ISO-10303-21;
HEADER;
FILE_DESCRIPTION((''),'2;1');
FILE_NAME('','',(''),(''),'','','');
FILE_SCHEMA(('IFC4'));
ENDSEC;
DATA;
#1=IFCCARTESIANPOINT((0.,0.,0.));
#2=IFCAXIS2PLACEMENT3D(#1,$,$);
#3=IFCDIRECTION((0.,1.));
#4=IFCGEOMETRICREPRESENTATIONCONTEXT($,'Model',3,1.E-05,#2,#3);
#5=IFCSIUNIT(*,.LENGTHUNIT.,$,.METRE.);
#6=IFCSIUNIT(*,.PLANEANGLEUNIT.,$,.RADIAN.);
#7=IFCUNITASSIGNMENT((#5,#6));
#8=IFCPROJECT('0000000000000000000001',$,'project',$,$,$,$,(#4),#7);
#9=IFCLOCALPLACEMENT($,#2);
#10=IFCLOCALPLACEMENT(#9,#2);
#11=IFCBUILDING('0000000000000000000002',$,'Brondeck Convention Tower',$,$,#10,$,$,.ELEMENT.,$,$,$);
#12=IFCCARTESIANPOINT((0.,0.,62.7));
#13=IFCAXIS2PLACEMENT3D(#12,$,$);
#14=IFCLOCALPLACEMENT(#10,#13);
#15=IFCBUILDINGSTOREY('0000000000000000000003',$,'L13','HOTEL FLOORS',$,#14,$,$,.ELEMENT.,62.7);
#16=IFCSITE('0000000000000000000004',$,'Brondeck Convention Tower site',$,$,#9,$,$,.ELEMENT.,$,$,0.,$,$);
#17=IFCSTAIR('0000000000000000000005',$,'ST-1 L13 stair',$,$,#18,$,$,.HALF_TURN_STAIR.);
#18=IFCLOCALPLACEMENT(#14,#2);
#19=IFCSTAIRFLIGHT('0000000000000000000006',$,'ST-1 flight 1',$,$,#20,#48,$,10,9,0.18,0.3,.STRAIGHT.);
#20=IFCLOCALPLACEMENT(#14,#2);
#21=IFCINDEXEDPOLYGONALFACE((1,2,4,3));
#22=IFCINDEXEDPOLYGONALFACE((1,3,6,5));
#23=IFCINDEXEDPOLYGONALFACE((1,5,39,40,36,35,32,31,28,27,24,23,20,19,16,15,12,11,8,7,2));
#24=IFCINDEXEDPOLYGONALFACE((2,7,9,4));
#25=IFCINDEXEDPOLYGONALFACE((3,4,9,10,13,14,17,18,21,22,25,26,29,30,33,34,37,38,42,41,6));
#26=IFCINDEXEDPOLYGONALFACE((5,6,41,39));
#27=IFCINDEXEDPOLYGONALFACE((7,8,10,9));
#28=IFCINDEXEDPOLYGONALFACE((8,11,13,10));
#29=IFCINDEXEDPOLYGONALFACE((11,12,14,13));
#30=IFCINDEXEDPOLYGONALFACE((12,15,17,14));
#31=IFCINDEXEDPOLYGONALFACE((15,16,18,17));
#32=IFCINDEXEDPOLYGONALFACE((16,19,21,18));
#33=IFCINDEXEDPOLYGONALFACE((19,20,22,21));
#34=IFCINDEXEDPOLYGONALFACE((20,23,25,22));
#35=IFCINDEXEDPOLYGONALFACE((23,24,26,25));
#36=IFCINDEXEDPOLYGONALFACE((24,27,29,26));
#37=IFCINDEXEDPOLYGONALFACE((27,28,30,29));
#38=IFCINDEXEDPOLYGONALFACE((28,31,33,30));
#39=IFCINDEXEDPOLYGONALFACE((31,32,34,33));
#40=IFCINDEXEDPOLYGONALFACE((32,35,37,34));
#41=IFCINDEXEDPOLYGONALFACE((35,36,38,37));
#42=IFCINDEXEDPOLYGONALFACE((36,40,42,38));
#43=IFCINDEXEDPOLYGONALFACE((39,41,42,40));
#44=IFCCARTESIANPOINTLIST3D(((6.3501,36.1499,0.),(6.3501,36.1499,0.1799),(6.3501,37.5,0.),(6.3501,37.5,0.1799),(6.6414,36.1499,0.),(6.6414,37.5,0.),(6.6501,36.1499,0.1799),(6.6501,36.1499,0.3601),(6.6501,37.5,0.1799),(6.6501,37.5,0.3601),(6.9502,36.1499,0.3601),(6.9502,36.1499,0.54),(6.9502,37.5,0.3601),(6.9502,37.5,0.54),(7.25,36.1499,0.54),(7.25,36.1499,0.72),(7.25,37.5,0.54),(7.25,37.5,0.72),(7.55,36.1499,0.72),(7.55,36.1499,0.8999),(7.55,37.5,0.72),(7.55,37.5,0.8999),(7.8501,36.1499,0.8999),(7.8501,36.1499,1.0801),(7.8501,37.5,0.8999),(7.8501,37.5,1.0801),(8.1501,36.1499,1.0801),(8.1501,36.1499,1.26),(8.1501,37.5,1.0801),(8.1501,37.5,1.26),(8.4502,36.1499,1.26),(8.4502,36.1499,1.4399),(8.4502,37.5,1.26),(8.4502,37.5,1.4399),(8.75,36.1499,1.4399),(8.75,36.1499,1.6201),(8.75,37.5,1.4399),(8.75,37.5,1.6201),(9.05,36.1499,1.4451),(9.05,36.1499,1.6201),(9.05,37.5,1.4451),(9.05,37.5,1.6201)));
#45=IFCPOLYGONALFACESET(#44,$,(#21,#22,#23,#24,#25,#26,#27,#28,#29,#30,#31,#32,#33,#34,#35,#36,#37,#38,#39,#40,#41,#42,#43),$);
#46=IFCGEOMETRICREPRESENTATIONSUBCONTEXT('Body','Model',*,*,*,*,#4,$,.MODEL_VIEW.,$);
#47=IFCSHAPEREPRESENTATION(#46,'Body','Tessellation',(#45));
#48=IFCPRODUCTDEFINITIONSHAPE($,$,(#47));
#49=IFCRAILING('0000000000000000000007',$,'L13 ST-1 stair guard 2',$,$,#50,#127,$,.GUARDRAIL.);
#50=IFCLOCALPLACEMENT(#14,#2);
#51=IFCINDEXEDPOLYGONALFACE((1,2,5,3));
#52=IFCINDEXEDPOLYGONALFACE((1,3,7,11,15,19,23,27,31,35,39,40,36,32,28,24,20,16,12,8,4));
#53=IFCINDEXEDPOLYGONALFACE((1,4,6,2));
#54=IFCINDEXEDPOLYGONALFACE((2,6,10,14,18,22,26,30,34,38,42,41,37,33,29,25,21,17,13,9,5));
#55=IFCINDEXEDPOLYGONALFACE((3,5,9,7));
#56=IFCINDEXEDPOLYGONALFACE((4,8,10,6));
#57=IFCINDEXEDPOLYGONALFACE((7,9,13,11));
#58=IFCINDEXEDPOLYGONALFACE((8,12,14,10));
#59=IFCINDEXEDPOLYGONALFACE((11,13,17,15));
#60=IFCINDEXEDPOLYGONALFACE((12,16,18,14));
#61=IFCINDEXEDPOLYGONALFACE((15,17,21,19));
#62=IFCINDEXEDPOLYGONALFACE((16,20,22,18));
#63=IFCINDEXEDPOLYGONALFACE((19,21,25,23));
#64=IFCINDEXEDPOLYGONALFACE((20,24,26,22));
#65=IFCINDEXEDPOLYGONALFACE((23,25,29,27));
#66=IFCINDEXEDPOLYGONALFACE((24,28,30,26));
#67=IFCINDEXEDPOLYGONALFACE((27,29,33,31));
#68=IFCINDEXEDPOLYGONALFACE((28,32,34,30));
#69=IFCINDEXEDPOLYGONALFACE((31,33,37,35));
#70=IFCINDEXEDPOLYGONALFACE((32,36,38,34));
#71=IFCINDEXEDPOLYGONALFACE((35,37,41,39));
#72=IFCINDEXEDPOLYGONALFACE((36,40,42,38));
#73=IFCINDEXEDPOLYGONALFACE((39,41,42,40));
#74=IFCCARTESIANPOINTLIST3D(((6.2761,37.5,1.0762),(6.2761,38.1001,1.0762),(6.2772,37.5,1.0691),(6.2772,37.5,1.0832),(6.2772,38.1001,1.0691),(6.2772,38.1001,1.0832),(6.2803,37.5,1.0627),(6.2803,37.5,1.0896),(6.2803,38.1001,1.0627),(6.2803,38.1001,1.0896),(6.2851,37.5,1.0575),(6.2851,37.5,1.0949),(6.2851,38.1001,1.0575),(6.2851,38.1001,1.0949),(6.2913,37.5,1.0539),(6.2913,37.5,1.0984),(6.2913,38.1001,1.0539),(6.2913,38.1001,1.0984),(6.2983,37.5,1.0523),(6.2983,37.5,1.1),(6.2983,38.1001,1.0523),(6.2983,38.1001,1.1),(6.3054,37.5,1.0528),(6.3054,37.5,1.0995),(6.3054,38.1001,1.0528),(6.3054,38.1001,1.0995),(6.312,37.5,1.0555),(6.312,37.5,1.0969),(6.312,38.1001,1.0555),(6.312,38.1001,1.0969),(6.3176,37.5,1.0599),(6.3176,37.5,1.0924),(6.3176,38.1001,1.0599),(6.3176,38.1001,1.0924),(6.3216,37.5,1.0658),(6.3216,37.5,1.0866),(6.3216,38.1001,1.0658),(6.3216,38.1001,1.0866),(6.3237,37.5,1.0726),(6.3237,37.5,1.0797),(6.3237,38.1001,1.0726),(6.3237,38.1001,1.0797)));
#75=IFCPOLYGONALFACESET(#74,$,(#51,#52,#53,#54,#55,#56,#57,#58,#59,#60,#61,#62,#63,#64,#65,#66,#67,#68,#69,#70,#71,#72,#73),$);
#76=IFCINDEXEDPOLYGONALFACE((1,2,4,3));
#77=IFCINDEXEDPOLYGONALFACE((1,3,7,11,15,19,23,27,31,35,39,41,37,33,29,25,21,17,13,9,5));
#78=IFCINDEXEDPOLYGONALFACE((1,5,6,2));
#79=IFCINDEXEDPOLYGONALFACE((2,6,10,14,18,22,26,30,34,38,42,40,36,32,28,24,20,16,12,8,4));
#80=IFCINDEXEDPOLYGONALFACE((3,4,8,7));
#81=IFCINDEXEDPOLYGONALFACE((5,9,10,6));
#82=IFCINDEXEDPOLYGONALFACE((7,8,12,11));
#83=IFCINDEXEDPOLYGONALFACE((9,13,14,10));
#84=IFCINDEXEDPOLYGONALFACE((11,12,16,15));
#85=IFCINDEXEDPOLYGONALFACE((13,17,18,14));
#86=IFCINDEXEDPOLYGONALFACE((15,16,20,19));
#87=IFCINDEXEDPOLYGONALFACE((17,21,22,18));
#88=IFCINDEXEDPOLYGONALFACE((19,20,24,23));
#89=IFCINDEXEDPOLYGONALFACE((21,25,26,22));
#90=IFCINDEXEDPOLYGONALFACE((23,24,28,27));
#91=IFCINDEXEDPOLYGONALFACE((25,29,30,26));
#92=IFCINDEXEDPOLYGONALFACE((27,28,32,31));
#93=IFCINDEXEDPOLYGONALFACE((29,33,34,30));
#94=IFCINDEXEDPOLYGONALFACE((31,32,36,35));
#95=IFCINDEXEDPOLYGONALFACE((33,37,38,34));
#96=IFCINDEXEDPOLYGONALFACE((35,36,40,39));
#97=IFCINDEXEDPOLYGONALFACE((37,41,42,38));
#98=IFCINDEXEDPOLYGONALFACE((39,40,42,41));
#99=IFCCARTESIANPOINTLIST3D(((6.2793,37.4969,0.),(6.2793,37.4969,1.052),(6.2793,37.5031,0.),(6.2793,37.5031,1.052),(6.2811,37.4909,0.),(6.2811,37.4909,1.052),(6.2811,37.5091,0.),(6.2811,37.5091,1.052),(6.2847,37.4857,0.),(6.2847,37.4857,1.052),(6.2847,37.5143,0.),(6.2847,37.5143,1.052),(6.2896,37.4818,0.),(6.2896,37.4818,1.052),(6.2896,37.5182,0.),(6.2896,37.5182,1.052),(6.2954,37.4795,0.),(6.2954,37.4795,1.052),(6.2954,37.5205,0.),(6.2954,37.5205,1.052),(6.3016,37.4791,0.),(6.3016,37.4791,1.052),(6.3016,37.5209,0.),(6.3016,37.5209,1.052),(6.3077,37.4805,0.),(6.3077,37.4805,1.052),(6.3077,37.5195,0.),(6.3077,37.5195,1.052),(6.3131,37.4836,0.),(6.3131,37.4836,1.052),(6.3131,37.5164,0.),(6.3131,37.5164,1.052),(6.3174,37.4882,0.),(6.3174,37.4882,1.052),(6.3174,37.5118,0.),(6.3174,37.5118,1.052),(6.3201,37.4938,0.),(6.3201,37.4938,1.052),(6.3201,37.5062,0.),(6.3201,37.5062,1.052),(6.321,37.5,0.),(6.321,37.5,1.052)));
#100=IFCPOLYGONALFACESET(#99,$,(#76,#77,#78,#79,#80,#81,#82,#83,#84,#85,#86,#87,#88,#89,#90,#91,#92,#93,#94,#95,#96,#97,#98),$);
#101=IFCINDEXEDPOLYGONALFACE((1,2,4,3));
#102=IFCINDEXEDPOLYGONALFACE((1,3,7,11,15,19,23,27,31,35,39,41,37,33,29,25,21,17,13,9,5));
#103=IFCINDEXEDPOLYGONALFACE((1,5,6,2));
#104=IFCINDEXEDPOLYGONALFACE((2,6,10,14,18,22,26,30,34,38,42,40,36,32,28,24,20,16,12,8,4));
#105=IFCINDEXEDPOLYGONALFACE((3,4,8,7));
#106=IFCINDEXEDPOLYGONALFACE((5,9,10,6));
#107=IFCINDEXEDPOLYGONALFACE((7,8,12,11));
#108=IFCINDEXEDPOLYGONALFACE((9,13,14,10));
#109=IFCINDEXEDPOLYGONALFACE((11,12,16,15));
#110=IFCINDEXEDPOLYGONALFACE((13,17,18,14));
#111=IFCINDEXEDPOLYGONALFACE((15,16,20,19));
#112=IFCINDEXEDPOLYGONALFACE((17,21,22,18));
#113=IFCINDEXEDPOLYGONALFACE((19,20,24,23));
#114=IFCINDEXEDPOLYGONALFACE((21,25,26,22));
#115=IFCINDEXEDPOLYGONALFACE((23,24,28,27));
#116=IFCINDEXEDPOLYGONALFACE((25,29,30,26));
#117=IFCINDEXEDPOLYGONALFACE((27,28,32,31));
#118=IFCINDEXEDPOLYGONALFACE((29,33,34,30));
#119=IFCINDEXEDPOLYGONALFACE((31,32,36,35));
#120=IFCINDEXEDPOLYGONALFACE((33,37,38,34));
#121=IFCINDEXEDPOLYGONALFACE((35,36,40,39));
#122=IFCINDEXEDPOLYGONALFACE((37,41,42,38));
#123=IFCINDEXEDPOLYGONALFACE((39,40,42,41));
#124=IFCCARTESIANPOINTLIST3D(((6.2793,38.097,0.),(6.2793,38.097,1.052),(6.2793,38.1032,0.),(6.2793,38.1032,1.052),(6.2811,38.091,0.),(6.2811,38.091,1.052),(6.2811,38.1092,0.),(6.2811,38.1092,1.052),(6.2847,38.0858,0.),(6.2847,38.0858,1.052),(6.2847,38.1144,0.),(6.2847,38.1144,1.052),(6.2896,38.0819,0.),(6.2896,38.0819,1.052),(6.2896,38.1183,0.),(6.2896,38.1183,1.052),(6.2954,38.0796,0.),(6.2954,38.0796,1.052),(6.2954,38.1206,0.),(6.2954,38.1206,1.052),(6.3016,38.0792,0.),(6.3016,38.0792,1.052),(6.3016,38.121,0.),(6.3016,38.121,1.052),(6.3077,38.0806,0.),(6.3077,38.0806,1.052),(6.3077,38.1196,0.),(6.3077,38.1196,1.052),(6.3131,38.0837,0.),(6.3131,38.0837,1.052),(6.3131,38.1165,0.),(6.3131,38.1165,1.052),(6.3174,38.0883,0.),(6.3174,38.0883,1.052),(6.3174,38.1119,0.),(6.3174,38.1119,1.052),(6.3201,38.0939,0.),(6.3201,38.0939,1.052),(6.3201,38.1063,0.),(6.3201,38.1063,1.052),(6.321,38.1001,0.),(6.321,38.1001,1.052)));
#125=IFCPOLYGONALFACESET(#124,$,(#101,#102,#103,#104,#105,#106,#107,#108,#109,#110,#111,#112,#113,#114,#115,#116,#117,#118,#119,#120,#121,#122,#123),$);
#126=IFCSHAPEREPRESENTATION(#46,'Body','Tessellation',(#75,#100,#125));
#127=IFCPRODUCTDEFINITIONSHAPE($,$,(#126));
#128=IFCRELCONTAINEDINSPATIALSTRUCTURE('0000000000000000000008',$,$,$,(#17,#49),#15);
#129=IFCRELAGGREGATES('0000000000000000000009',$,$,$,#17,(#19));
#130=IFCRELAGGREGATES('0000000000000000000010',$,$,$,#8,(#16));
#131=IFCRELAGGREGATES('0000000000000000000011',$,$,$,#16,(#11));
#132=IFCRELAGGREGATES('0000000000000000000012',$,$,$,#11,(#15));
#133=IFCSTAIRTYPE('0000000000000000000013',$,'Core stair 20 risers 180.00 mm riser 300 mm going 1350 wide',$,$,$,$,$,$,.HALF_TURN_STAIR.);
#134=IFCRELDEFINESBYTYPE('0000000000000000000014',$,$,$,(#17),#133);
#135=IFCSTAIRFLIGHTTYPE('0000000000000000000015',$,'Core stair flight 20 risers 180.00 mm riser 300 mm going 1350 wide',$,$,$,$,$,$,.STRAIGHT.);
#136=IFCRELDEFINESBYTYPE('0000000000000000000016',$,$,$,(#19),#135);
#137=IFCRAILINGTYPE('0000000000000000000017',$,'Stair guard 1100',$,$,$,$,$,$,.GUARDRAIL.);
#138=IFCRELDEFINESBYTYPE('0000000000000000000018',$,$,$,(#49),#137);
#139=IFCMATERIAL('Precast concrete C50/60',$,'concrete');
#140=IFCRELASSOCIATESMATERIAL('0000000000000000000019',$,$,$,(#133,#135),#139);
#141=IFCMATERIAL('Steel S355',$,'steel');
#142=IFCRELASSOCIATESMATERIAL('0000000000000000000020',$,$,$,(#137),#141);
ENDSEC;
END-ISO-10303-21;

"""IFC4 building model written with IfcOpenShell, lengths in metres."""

from ifc_helpers import new_model, si_unit, direction, frame, origin, origin_2d, place, context, subcontext, project, spatial, polyline, circle, outline, extrude, material, type_object, element, aggregate, save


model = new_model("IFC4")

# Units and contexts
model_context = context("Model", 3, precision=1e-05, world=origin(), true_north=direction((0.0, 1.0)))
body_context = subcontext(model_context, "Body", "Model", "MODEL_VIEW")
ifc_project = project(units=[si_unit("LENGTHUNIT", "METRE"), si_unit("PLANEANGLEUNIT", "RADIAN")], contexts=[model_context])

# Site, building, storey
site_placement = place(None, origin())
site = spatial("IfcSite", under=ifc_project, at=site_placement, Name="Brondeck Convention Tower site", CompositionType="ELEMENT", RefElevation=0.0)
building_placement = place(site_placement, origin())
building = spatial("IfcBuilding", under=site, at=building_placement, Name="Brondeck Convention Tower", CompositionType="ELEMENT")
storey_placement = place(building_placement, frame((0.0, 0.0, 62.7)))
storey = spatial("IfcBuildingStorey", under=building, at=storey_placement, Name="L13", Description="HOTEL FLOORS", CompositionType="ELEMENT", Elevation=62.7)

# Stair, stair flight
ifc_material_1 = material(Name="Precast concrete C50/60", Category="concrete")
stair_type = type_object("IfcStairType", Name="Core stair 20 risers 180.00 mm riser 300 mm going 1350 wide", PredefinedType="HALF_TURN_STAIR", material=ifc_material_1)
stair_placement = place(storey_placement, origin())
stair = element("IfcStair", 1, at=stair_placement, inside=storey, type_object=stair_type, Name="ST-1 L13 stair", PredefinedType="HALF_TURN_STAIR")
stair_flight_type = type_object("IfcStairFlightType", Name="Core stair flight 20 risers 180.00 mm riser 300 mm going 1350 wide", PredefinedType="STRAIGHT", material=ifc_material_1)
stair_flight_placement = place(storey_placement, frame((6.3501, 36.825, 0.0), z_axis=(0.0, 0.0, 1.0), x_axis=(1.0, 0.0, 0.0)))
stair_flight = element("IfcStairFlight", 2, at=stair_flight_placement, type_object=stair_flight_type, Name="ST-1 flight 1", NumberOfRisers=10, NumberOfTreads=9, PredefinedType="STRAIGHT", RiserHeight=0.18, TreadLength=0.3, context=body_context, shape_type="SweptSolid", body=[
    extrude(outline(polyline([(0.0, 0.0), (0.0, 0.1799), (0.3, 0.1799), (0.3, 0.3601), (0.6001, 0.3601), (0.6001, 0.54), (0.8999, 0.54), (0.8999, 0.72), (1.2, 0.72), (1.2, 0.8999), (1.5, 0.8999), (1.5, 1.0801), (1.8, 1.0801), (1.8, 1.26), (2.1001, 1.26), (2.1001, 1.4399), (2.3999, 1.4399), (2.3999, 1.6201), (2.7, 1.6201), (2.7, 1.8), (2.7, 1.4451), (0.2913, 0.0), (0.0, 0.0)])), frame((0.0, 0.675, 0.0), z_axis=(0.0, -1.0, 0.0), x_axis=(1.0, 0.0, 0.0)), (0.0, 0.0, 1.0), 1.3501),
])
aggregate(stair, [stair_flight])

# Railing
ifc_material_2 = material(Name="Steel S355", Category="steel")
railing_type_1 = type_object("IfcRailingType", Name="Stair guard 1100", PredefinedType="GUARDRAIL", material=ifc_material_2)
railing_1_placement = place(storey_placement, frame((6.3, 37.5, 0.0)))
element("IfcRailing", 3, at=railing_1_placement, inside=storey, type_object=railing_type_1, Name="L13 ST-1 stair guard 2", PredefinedType="GUARDRAIL", context=body_context, shape_type="SweptSolid", body=[
    extrude(circle(Radius=0.0239, at=origin_2d()), frame((0.0, 0.0, 1.0762), z_axis=(0.0, 1.0, 0.0), x_axis=(-1.0, 0.0, 0.0)), (0.0, 0.0, 1.0), 0.6001),
    extrude(circle(Radius=0.021, at=origin_2d()), origin(), (0.0, 0.0, 1.0), 1.052),
    extrude(circle(Radius=0.021, at=origin_2d()), frame((0.0, 0.6001, 0.0)), (0.0, 0.0, 1.0), 1.052),
])

save(model, "model.ifc")
